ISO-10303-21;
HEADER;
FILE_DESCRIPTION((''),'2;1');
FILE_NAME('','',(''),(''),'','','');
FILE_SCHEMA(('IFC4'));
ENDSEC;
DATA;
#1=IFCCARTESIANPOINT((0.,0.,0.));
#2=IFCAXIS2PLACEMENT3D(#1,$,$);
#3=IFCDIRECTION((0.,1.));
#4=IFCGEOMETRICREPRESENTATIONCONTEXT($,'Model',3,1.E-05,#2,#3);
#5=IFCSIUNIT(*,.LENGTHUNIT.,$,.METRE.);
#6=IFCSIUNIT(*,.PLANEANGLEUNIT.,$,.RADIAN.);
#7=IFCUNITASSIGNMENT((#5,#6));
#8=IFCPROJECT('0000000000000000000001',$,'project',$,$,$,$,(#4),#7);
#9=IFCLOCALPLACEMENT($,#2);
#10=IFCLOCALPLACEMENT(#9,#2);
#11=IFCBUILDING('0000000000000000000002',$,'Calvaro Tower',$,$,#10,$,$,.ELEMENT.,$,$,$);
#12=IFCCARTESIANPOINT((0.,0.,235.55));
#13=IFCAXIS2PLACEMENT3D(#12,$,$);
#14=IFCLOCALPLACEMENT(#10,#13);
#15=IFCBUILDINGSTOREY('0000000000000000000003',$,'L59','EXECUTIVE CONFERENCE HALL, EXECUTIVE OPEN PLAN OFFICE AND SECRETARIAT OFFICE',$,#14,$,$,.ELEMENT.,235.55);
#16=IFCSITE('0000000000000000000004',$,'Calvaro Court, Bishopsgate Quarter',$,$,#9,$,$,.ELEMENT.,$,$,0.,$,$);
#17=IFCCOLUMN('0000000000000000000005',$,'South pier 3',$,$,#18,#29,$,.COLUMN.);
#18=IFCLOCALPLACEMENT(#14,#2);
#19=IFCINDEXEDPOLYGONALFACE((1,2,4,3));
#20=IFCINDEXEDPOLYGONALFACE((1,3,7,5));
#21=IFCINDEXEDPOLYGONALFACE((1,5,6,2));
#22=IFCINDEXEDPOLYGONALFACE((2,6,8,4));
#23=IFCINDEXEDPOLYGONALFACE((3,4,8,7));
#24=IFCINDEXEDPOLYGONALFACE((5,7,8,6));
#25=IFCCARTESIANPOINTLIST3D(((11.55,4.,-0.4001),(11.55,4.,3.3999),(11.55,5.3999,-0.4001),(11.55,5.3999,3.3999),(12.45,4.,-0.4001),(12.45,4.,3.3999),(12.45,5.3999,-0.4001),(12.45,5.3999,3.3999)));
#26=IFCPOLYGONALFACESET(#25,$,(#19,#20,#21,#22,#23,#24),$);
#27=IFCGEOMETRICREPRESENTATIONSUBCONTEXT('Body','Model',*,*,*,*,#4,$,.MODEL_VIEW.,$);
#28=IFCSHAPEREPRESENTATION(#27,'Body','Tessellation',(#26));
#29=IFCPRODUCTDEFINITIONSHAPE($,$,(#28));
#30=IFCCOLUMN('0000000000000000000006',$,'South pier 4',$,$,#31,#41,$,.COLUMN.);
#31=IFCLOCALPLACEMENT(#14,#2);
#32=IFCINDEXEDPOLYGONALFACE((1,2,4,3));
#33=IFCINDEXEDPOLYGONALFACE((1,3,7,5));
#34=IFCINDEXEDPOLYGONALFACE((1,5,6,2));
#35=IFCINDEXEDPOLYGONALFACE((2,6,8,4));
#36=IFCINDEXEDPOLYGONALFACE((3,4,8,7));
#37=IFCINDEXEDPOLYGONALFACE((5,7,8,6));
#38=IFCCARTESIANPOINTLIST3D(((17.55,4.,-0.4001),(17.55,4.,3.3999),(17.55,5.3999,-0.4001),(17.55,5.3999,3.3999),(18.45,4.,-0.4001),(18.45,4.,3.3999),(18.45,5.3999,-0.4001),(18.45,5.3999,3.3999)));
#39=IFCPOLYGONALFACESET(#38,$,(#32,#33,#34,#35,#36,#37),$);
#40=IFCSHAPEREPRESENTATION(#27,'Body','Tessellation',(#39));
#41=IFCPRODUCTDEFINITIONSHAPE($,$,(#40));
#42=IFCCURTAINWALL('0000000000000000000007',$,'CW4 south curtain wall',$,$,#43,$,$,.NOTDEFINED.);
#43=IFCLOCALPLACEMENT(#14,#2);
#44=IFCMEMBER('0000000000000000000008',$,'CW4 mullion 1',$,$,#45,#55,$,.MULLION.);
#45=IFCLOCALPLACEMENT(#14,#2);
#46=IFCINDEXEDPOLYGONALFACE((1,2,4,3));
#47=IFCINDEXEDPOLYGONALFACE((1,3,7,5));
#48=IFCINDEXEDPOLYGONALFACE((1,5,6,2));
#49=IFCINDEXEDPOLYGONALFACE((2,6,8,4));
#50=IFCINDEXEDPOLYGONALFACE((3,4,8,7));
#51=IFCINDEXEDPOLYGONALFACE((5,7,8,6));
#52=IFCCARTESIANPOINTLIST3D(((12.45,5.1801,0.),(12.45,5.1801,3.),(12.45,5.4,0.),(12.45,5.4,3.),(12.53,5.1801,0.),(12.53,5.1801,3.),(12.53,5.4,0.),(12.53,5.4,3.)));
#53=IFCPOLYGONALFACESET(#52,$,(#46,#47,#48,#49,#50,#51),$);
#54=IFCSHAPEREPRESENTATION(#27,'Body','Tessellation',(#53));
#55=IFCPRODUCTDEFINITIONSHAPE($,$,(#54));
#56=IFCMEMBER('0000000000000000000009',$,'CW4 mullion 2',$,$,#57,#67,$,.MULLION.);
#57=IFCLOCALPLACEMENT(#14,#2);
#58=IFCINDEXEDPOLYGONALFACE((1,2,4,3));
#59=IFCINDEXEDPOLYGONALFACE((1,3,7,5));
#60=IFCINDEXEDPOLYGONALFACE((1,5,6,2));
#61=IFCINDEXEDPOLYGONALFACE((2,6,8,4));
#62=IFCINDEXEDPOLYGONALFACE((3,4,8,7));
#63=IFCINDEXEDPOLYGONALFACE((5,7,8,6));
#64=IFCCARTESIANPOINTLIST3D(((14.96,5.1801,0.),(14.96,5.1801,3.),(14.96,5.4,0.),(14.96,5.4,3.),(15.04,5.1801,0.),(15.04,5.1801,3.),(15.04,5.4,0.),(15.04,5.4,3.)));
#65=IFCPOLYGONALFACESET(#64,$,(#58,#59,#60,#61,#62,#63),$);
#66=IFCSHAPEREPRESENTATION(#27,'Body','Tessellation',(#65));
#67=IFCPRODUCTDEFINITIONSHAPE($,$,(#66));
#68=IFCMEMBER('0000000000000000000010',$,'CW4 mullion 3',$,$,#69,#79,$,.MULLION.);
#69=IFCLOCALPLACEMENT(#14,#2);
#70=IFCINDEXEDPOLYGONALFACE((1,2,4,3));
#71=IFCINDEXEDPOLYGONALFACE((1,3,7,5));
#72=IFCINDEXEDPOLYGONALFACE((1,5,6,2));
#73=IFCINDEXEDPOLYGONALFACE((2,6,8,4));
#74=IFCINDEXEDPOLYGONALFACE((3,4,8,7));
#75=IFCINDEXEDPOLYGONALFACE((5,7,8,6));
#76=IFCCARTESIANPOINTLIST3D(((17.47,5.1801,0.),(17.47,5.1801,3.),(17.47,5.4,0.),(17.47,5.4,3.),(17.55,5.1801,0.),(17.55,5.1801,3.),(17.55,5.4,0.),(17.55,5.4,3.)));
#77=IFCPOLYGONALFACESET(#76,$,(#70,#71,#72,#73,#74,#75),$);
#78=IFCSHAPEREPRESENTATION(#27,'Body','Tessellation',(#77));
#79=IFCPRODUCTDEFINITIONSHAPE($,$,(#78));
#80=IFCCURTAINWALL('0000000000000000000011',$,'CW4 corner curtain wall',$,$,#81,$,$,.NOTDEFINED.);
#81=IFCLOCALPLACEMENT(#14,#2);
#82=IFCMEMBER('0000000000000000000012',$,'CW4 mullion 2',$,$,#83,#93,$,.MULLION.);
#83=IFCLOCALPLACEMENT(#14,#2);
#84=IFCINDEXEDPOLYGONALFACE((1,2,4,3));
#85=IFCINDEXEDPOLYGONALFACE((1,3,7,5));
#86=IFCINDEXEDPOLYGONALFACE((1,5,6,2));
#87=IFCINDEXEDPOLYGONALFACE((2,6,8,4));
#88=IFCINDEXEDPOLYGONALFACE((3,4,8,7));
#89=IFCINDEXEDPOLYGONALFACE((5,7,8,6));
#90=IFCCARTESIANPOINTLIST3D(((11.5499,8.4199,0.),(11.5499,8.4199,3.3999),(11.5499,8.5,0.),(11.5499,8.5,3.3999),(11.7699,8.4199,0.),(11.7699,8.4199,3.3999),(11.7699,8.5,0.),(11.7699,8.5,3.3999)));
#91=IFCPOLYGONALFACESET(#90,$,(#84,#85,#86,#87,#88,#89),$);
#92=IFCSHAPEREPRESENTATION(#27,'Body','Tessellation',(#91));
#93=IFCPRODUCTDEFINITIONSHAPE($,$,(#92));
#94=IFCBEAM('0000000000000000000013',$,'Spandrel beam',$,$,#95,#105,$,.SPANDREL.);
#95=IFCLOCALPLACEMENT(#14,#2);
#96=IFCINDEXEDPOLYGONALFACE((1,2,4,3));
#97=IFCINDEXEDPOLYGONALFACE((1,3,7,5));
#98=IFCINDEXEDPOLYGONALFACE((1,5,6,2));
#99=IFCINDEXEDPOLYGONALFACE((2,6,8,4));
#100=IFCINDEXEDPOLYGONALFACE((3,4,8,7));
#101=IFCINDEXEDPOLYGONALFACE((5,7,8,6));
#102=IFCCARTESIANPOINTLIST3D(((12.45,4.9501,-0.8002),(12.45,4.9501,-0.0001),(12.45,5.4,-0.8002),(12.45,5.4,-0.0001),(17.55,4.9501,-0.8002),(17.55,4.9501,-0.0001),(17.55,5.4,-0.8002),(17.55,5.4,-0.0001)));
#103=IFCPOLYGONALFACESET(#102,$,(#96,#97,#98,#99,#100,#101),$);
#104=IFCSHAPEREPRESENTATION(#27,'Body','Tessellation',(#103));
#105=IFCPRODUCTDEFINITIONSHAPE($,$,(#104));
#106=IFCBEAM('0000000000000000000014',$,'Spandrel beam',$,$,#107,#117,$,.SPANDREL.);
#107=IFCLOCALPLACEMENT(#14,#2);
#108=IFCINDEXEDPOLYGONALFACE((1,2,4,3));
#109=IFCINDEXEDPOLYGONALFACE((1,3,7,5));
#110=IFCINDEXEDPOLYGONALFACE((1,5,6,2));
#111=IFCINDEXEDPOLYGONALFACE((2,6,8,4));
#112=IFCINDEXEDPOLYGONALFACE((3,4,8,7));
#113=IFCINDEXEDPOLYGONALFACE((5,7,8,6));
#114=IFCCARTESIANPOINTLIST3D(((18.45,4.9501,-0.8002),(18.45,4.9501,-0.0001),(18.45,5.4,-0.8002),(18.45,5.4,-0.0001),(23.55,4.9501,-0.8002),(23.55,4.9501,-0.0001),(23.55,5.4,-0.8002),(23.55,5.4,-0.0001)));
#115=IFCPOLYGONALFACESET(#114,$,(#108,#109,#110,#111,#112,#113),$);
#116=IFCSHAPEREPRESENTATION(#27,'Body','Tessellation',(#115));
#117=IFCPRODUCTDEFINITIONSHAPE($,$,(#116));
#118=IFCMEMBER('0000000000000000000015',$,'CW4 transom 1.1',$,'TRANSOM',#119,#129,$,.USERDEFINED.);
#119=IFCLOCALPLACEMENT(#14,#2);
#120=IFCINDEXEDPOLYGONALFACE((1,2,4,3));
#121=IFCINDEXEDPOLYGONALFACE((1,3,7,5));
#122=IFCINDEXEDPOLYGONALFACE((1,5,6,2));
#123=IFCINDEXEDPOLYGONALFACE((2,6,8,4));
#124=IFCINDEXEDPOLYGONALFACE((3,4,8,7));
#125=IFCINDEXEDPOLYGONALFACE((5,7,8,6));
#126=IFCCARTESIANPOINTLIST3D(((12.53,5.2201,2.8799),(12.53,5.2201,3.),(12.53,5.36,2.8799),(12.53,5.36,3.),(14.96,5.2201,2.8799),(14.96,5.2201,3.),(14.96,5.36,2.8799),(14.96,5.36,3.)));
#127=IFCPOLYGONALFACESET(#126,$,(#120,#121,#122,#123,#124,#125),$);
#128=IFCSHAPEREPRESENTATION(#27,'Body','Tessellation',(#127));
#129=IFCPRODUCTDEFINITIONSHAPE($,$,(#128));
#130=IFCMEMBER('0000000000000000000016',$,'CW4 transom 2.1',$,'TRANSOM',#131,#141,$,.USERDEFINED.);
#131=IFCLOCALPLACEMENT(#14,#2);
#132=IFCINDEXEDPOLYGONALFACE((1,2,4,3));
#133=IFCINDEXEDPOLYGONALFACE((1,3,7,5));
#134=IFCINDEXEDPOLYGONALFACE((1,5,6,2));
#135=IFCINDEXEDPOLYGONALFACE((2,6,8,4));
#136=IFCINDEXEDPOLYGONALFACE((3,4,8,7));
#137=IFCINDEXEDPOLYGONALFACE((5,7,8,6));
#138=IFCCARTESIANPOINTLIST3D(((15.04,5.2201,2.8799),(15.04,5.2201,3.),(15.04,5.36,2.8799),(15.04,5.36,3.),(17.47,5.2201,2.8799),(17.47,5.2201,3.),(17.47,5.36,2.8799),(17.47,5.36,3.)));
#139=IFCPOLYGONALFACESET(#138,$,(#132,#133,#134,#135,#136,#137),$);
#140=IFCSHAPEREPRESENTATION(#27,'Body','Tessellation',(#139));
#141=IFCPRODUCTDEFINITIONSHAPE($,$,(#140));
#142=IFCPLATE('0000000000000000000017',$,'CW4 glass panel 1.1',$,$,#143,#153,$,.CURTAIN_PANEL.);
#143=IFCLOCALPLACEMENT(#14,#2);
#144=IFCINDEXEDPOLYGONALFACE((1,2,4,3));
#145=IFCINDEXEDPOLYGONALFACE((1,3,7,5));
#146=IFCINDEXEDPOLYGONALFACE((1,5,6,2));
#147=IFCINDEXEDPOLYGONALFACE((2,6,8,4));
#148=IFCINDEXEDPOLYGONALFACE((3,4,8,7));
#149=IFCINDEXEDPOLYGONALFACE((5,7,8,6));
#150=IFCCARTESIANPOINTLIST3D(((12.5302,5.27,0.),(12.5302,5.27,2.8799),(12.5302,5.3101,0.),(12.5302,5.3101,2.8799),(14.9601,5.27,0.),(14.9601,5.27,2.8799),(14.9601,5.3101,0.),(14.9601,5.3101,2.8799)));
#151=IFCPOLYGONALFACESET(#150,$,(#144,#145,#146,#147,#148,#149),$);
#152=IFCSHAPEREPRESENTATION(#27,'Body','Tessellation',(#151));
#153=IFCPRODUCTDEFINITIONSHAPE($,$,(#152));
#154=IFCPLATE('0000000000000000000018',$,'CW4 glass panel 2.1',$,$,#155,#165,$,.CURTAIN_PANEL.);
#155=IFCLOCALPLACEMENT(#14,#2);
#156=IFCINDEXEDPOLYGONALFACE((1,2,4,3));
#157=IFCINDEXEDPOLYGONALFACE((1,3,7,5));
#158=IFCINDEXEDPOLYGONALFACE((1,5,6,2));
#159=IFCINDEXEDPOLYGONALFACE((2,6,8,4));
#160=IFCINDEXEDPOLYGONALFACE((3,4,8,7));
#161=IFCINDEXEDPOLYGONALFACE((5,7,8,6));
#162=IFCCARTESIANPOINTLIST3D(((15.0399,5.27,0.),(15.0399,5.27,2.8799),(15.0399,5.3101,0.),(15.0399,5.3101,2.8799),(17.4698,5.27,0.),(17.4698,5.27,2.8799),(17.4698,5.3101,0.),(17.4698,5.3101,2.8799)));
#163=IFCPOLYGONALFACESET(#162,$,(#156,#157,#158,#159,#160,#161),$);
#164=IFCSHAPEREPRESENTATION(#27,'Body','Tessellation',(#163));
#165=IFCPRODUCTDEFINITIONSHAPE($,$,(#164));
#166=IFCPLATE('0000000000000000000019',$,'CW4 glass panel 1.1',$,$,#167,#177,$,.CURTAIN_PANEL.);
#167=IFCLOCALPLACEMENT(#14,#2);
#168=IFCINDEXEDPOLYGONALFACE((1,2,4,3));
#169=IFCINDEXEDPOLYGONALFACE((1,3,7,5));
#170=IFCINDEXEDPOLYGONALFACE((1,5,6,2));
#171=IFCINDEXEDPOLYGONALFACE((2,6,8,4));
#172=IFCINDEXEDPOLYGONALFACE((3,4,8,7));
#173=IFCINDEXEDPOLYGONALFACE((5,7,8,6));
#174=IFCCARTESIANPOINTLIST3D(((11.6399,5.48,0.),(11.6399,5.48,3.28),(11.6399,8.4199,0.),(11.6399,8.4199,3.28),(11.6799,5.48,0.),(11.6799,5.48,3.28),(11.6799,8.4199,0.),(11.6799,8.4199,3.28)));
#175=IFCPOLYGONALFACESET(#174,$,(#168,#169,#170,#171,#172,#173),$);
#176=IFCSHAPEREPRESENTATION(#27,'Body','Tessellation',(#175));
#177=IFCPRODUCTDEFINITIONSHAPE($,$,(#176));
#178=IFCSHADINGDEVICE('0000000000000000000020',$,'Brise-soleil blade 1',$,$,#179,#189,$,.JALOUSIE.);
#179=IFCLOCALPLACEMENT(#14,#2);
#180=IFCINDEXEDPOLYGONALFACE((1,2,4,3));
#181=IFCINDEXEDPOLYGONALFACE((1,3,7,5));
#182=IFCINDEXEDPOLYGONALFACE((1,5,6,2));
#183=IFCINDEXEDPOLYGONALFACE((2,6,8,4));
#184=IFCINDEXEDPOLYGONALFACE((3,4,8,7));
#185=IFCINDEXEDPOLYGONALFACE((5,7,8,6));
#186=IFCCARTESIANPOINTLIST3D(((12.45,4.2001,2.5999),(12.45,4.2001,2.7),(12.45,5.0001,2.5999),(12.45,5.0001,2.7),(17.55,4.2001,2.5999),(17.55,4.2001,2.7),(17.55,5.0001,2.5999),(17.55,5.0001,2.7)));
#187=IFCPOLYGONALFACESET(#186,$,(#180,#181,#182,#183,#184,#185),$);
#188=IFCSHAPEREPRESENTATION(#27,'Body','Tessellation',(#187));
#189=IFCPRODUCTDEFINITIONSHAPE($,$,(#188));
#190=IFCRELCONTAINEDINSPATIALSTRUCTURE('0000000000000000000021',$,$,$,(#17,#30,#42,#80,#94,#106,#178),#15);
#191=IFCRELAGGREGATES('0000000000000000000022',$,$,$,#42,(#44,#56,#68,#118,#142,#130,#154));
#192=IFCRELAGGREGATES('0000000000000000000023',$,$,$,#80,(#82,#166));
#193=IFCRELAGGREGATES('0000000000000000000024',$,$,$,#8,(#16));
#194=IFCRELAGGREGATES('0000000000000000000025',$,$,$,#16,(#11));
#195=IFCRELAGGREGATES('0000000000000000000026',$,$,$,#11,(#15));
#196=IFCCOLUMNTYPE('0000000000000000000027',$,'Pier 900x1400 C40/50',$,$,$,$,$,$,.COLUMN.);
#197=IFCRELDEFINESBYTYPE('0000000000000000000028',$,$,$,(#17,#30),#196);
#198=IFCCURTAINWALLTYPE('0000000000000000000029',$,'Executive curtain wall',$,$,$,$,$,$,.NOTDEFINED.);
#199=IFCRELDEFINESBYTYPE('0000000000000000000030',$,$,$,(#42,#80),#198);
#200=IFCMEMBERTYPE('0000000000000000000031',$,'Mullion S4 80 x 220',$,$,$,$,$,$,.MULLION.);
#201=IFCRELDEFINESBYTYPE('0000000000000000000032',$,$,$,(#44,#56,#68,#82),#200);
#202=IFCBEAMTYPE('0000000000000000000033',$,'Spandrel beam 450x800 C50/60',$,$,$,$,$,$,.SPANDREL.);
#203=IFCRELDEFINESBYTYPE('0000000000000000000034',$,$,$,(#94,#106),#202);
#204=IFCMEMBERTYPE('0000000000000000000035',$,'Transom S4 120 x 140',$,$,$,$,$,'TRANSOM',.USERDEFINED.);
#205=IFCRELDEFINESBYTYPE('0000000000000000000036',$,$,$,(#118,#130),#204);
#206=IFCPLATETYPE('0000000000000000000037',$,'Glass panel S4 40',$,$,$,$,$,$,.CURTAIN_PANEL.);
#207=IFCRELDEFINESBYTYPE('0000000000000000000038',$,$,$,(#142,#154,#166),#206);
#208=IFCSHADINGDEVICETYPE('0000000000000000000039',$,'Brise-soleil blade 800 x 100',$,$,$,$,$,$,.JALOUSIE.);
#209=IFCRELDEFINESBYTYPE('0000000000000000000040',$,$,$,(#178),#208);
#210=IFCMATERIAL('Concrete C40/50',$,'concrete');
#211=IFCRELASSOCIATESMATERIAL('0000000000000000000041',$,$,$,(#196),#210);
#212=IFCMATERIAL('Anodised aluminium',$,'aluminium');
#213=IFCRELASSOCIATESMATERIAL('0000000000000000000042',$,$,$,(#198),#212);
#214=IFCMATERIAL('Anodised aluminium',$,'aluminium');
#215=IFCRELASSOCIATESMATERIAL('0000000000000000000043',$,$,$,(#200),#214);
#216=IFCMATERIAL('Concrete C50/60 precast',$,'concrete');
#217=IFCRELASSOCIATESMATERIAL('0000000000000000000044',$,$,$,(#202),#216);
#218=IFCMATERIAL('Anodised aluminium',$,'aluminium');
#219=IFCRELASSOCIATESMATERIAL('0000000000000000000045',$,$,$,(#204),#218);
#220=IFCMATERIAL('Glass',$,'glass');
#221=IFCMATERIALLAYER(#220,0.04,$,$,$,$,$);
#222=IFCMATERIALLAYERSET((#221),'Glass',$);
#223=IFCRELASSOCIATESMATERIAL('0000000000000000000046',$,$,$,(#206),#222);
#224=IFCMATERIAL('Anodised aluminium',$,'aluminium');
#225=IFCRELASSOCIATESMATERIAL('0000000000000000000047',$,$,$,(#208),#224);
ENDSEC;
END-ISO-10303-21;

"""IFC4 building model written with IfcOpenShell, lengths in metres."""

from ifc_helpers import new_model, si_unit, direction, frame, origin, origin_2d, place, context, subcontext, project, spatial, rectangle, extrude, material, layer, layer_set, material_profile, profile_set, type_object, element, aggregate, save


model = new_model("IFC4")

# Units and contexts
model_context = context("Model", 3, precision=1e-05, world=origin(), true_north=direction((0.0, 1.0)))
body_context = subcontext(model_context, "Body", "Model", "MODEL_VIEW")
ifc_project = project(units=[si_unit("LENGTHUNIT", "METRE"), si_unit("PLANEANGLEUNIT", "RADIAN")], contexts=[model_context])

# Site, building, storey
site_placement = place(None, origin())
site = spatial("IfcSite", under=ifc_project, at=site_placement, Name="Calvaro Court, Bishopsgate Quarter", CompositionType="ELEMENT", RefElevation=0.0)
building_placement = place(site_placement, origin())
building = spatial("IfcBuilding", under=site, at=building_placement, Name="Calvaro Tower", CompositionType="ELEMENT")
storey_placement = place(building_placement, frame((0.0, 0.0, 235.55)))
storey = spatial("IfcBuildingStorey", under=building, at=storey_placement, Name="L59", Description="EXECUTIVE CONFERENCE HALL, EXECUTIVE OPEN PLAN OFFICE AND SECRETARIAT OFFICE", CompositionType="ELEMENT", Elevation=235.55)

# Columns
ifc_material_1 = material(Name="Concrete C40/50", Category="concrete")
ifc_material_profile_1 = material_profile(ifc_material_1, rectangle(XDim=0.8999, YDim=1.3999, at=origin_2d()), Name="RC 900x1400")
ifc_profile_set_1 = profile_set([ifc_material_profile_1], Name="Concrete C40/50")
column_type = type_object("IfcColumnType", Name="Pier 900x1400 C40/50", PredefinedType="COLUMN", material=ifc_profile_set_1)
for number, where, z_axis, x_axis, name in (
    (1, (12.0, 4.7, -0.4001), (0.0, 0.0, 1.0), (1.0, 0.0, 0.0), "South pier 3"),
    (2, (18.0, 4.7, -0.4001), (0.0, 0.0, 1.0), (1.0, 0.0, 0.0), "South pier 4"),
):
    element("IfcColumn", number, at=place(storey_placement, frame(where, z_axis=z_axis, x_axis=x_axis)), inside=storey, type_object=column_type, Name=name, PredefinedType="COLUMN", context=body_context, shape_type="SweptSolid", body=[
        extrude(rectangle(XDim=0.8999, YDim=1.3999, at=origin_2d()), origin(), (0.0, 0.0, 1.0), 3.8),
    ])

# Curtain wall, members
ifc_material_2 = material(Name="Anodised aluminium", Category="aluminium")
curtain_wall_type = type_object("IfcCurtainWallType", Name="Executive curtain wall", PredefinedType="NOTDEFINED", material=ifc_material_2)
curtain_wall_1_placement = place(storey_placement, origin())
curtain_wall_1 = element("IfcCurtainWall", 3, at=curtain_wall_1_placement, inside=storey, type_object=curtain_wall_type, Name="CW4 south curtain wall", PredefinedType="NOTDEFINED")
ifc_material_3 = material(Name="Anodised aluminium", Category="aluminium")
ifc_material_profile_2 = material_profile(ifc_material_3, rectangle(XDim=0.22, YDim=0.0801, at=origin_2d()), Name="Mullion S4 80 x 220")
ifc_profile_set_2 = profile_set([ifc_material_profile_2], Name="Anodised aluminium")
member_type_1 = type_object("IfcMemberType", Name="Mullion S4 80 x 220", PredefinedType="MULLION", material=ifc_profile_set_2)
member_1_placement = place(storey_placement, frame((12.49, 5.29, 0.0), z_axis=(0.0, 0.0, 1.0), x_axis=(0.0, 1.0, 0.0)))
member_1 = element("IfcMember", 4, at=member_1_placement, type_object=member_type_1, Name="CW4 mullion 1", PredefinedType="MULLION", context=body_context, shape_type="SweptSolid", body=[
    extrude(rectangle(XDim=0.22, YDim=0.0801, at=origin_2d()), origin(), (0.0, 0.0, 1.0), 3.0),
])
member_2_placement = place(storey_placement, frame((15.0, 5.29, 0.0), z_axis=(0.0, 0.0, 1.0), x_axis=(0.0, 1.0, 0.0)))
member_2 = element("IfcMember", 5, at=member_2_placement, type_object=member_type_1, Name="CW4 mullion 2", PredefinedType="MULLION", context=body_context, shape_type="SweptSolid", body=[
    extrude(rectangle(XDim=0.22, YDim=0.0801, at=origin_2d()), origin(), (0.0, 0.0, 1.0), 3.0),
])
member_3_placement = place(storey_placement, frame((17.51, 5.29, 0.0), z_axis=(0.0, 0.0, 1.0), x_axis=(0.0, 1.0, 0.0)))
member_3 = element("IfcMember", 6, at=member_3_placement, type_object=member_type_1, Name="CW4 mullion 3", PredefinedType="MULLION", context=body_context, shape_type="SweptSolid", body=[
    extrude(rectangle(XDim=0.22, YDim=0.0801, at=origin_2d()), origin(), (0.0, 0.0, 1.0), 3.0),
])

# Curtain wall, member
curtain_wall_2_placement = place(storey_placement, origin())
curtain_wall_2 = element("IfcCurtainWall", 7, at=curtain_wall_2_placement, inside=storey, type_object=curtain_wall_type, Name="CW4 corner curtain wall", PredefinedType="NOTDEFINED")
member_4_placement = place(storey_placement, frame((11.6599, 8.46, 0.0), z_axis=(0.0, 0.0, 1.0), x_axis=(-1.0, 0.0, 0.0)))
member_4 = element("IfcMember", 8, at=member_4_placement, type_object=member_type_1, Name="CW4 mullion 2", PredefinedType="MULLION", context=body_context, shape_type="SweptSolid", body=[
    extrude(rectangle(XDim=0.22, YDim=0.0801, at=origin_2d()), origin(), (0.0, 0.0, 1.0), 3.3999),
])

# Beams
ifc_material_4 = material(Name="Concrete C50/60 precast", Category="concrete")
ifc_material_profile_3 = material_profile(ifc_material_4, rectangle(XDim=0.45, YDim=0.8, at=origin_2d()), Name="RC 450x800")
ifc_profile_set_3 = profile_set([ifc_material_profile_3], Name="Concrete C50/60 precast")
beam_type = type_object("IfcBeamType", Name="Spandrel beam 450x800 C50/60", PredefinedType="SPANDREL", material=ifc_profile_set_3)
for number, where, z_axis, x_axis, name in (
    (9, (12.45, 5.175, -0.4001), (1.0, 0.0, 0.0), (0.0, 1.0, 0.0), "Spandrel beam"),
    (10, (18.45, 5.175, -0.4001), (1.0, 0.0, 0.0), (0.0, 1.0, 0.0), "Spandrel beam"),
):
    element("IfcBeam", number, at=place(storey_placement, frame(where, z_axis=z_axis, x_axis=x_axis)), inside=storey, type_object=beam_type, Name=name, PredefinedType="SPANDREL", context=body_context, shape_type="SweptSolid", body=[
        extrude(rectangle(XDim=0.45, YDim=0.8, at=origin_2d()), origin(), (0.0, 0.0, 1.0), 5.1001),
    ])

# Members
ifc_material_5 = material(Name="Anodised aluminium", Category="aluminium")
ifc_material_profile_4 = material_profile(ifc_material_5, rectangle(XDim=0.1399, YDim=0.1201, at=origin_2d()), Name="Transom S4 120 x 140")
ifc_profile_set_4 = profile_set([ifc_material_profile_4], Name="Anodised aluminium")
member_type_2 = type_object("IfcMemberType", Name="Transom S4 120 x 140", ElementType="TRANSOM", PredefinedType="USERDEFINED", material=ifc_profile_set_4)
member_5_placement = place(storey_placement, frame((12.53, 5.29, 2.9399), z_axis=(1.0, 0.0, 0.0), x_axis=(0.0, 1.0, 0.0)))
member_5 = element("IfcMember", 11, at=member_5_placement, type_object=member_type_2, Name="CW4 transom 1.1", ObjectType="TRANSOM", PredefinedType="USERDEFINED", context=body_context, shape_type="SweptSolid", body=[
    extrude(rectangle(XDim=0.1399, YDim=0.1201, at=origin_2d()), origin(), (0.0, 0.0, 1.0), 2.4299),
])
member_6_placement = place(storey_placement, frame((15.04, 5.29, 2.9399), z_axis=(1.0, 0.0, 0.0), x_axis=(0.0, 1.0, 0.0)))
member_6 = element("IfcMember", 12, at=member_6_placement, type_object=member_type_2, Name="CW4 transom 2.1", ObjectType="TRANSOM", PredefinedType="USERDEFINED", context=body_context, shape_type="SweptSolid", body=[
    extrude(rectangle(XDim=0.1399, YDim=0.1201, at=origin_2d()), origin(), (0.0, 0.0, 1.0), 2.4299),
])

# Plates
ifc_material_6 = material(Name="Glass", Category="glass")
ifc_layer_1 = layer(ifc_material_6, 0.04)
ifc_layer_set_1 = layer_set([ifc_layer_1], Name="Glass")
plate_type = type_object("IfcPlateType", Name="Glass panel S4 40", PredefinedType="CURTAIN_PANEL", material=ifc_layer_set_1)
plate_1_placement = place(storey_placement, frame((13.7451, 5.29, 0.0), z_axis=(0.0, 0.0, 1.0), x_axis=(1.0, 0.0, 0.0)))
plate_1 = element("IfcPlate", 13, at=plate_1_placement, type_object=plate_type, Name="CW4 glass panel 1.1", PredefinedType="CURTAIN_PANEL", context=body_context, shape_type="SweptSolid", body=[
    extrude(rectangle(XDim=2.4299, YDim=0.04, at=origin_2d()), origin(), (0.0, 0.0, 1.0), 2.8799),
])
plate_2_placement = place(storey_placement, frame((16.2549, 5.29, 0.0), z_axis=(0.0, 0.0, 1.0), x_axis=(1.0, 0.0, 0.0)))
plate_2 = element("IfcPlate", 14, at=plate_2_placement, type_object=plate_type, Name="CW4 glass panel 2.1", PredefinedType="CURTAIN_PANEL", context=body_context, shape_type="SweptSolid", body=[
    extrude(rectangle(XDim=2.4299, YDim=0.04, at=origin_2d()), origin(), (0.0, 0.0, 1.0), 2.8799),
])
aggregate(curtain_wall_1, [member_1, member_2, member_3, member_5, plate_1, member_6, plate_2])
plate_3_placement = place(storey_placement, frame((11.6599, 6.95, 0.0), z_axis=(0.0, 0.0, 1.0), x_axis=(0.0, 1.0, 0.0)))
plate_3 = element("IfcPlate", 15, at=plate_3_placement, type_object=plate_type, Name="CW4 glass panel 1.1", PredefinedType="CURTAIN_PANEL", context=body_context, shape_type="SweptSolid", body=[
    extrude(rectangle(XDim=2.9399, YDim=0.04, at=origin_2d()), origin(), (0.0, 0.0, 1.0), 3.28),
])
aggregate(curtain_wall_2, [member_4, plate_3])

# Shading device
ifc_material_7 = material(Name="Anodised aluminium", Category="aluminium")
ifc_material_profile_5 = material_profile(ifc_material_7, rectangle(XDim=0.8, YDim=0.1001, at=origin_2d()), Name="Brise-soleil blade 800 x 100")
ifc_profile_set_5 = profile_set([ifc_material_profile_5], Name="Anodised aluminium")
shading_device_type_1 = type_object("IfcShadingDeviceType", Name="Brise-soleil blade 800 x 100", PredefinedType="JALOUSIE", material=ifc_profile_set_5)
for number, where, z_axis, x_axis, name in (
    (16, (12.45, 4.6001, 2.6499), (1.0, 0.0, 0.0), (0.0, 1.0, 0.0), "Brise-soleil blade 1"),
):
    element("IfcShadingDevice", number, at=place(storey_placement, frame(where, z_axis=z_axis, x_axis=x_axis)), inside=storey, type_object=shading_device_type_1, Name=name, PredefinedType="JALOUSIE", context=body_context, shape_type="SweptSolid", body=[
        extrude(rectangle(XDim=0.8, YDim=0.1001, at=origin_2d()), origin(), (0.0, 0.0, 1.0), 5.1001),
    ])

save(model, "model.ifc")
